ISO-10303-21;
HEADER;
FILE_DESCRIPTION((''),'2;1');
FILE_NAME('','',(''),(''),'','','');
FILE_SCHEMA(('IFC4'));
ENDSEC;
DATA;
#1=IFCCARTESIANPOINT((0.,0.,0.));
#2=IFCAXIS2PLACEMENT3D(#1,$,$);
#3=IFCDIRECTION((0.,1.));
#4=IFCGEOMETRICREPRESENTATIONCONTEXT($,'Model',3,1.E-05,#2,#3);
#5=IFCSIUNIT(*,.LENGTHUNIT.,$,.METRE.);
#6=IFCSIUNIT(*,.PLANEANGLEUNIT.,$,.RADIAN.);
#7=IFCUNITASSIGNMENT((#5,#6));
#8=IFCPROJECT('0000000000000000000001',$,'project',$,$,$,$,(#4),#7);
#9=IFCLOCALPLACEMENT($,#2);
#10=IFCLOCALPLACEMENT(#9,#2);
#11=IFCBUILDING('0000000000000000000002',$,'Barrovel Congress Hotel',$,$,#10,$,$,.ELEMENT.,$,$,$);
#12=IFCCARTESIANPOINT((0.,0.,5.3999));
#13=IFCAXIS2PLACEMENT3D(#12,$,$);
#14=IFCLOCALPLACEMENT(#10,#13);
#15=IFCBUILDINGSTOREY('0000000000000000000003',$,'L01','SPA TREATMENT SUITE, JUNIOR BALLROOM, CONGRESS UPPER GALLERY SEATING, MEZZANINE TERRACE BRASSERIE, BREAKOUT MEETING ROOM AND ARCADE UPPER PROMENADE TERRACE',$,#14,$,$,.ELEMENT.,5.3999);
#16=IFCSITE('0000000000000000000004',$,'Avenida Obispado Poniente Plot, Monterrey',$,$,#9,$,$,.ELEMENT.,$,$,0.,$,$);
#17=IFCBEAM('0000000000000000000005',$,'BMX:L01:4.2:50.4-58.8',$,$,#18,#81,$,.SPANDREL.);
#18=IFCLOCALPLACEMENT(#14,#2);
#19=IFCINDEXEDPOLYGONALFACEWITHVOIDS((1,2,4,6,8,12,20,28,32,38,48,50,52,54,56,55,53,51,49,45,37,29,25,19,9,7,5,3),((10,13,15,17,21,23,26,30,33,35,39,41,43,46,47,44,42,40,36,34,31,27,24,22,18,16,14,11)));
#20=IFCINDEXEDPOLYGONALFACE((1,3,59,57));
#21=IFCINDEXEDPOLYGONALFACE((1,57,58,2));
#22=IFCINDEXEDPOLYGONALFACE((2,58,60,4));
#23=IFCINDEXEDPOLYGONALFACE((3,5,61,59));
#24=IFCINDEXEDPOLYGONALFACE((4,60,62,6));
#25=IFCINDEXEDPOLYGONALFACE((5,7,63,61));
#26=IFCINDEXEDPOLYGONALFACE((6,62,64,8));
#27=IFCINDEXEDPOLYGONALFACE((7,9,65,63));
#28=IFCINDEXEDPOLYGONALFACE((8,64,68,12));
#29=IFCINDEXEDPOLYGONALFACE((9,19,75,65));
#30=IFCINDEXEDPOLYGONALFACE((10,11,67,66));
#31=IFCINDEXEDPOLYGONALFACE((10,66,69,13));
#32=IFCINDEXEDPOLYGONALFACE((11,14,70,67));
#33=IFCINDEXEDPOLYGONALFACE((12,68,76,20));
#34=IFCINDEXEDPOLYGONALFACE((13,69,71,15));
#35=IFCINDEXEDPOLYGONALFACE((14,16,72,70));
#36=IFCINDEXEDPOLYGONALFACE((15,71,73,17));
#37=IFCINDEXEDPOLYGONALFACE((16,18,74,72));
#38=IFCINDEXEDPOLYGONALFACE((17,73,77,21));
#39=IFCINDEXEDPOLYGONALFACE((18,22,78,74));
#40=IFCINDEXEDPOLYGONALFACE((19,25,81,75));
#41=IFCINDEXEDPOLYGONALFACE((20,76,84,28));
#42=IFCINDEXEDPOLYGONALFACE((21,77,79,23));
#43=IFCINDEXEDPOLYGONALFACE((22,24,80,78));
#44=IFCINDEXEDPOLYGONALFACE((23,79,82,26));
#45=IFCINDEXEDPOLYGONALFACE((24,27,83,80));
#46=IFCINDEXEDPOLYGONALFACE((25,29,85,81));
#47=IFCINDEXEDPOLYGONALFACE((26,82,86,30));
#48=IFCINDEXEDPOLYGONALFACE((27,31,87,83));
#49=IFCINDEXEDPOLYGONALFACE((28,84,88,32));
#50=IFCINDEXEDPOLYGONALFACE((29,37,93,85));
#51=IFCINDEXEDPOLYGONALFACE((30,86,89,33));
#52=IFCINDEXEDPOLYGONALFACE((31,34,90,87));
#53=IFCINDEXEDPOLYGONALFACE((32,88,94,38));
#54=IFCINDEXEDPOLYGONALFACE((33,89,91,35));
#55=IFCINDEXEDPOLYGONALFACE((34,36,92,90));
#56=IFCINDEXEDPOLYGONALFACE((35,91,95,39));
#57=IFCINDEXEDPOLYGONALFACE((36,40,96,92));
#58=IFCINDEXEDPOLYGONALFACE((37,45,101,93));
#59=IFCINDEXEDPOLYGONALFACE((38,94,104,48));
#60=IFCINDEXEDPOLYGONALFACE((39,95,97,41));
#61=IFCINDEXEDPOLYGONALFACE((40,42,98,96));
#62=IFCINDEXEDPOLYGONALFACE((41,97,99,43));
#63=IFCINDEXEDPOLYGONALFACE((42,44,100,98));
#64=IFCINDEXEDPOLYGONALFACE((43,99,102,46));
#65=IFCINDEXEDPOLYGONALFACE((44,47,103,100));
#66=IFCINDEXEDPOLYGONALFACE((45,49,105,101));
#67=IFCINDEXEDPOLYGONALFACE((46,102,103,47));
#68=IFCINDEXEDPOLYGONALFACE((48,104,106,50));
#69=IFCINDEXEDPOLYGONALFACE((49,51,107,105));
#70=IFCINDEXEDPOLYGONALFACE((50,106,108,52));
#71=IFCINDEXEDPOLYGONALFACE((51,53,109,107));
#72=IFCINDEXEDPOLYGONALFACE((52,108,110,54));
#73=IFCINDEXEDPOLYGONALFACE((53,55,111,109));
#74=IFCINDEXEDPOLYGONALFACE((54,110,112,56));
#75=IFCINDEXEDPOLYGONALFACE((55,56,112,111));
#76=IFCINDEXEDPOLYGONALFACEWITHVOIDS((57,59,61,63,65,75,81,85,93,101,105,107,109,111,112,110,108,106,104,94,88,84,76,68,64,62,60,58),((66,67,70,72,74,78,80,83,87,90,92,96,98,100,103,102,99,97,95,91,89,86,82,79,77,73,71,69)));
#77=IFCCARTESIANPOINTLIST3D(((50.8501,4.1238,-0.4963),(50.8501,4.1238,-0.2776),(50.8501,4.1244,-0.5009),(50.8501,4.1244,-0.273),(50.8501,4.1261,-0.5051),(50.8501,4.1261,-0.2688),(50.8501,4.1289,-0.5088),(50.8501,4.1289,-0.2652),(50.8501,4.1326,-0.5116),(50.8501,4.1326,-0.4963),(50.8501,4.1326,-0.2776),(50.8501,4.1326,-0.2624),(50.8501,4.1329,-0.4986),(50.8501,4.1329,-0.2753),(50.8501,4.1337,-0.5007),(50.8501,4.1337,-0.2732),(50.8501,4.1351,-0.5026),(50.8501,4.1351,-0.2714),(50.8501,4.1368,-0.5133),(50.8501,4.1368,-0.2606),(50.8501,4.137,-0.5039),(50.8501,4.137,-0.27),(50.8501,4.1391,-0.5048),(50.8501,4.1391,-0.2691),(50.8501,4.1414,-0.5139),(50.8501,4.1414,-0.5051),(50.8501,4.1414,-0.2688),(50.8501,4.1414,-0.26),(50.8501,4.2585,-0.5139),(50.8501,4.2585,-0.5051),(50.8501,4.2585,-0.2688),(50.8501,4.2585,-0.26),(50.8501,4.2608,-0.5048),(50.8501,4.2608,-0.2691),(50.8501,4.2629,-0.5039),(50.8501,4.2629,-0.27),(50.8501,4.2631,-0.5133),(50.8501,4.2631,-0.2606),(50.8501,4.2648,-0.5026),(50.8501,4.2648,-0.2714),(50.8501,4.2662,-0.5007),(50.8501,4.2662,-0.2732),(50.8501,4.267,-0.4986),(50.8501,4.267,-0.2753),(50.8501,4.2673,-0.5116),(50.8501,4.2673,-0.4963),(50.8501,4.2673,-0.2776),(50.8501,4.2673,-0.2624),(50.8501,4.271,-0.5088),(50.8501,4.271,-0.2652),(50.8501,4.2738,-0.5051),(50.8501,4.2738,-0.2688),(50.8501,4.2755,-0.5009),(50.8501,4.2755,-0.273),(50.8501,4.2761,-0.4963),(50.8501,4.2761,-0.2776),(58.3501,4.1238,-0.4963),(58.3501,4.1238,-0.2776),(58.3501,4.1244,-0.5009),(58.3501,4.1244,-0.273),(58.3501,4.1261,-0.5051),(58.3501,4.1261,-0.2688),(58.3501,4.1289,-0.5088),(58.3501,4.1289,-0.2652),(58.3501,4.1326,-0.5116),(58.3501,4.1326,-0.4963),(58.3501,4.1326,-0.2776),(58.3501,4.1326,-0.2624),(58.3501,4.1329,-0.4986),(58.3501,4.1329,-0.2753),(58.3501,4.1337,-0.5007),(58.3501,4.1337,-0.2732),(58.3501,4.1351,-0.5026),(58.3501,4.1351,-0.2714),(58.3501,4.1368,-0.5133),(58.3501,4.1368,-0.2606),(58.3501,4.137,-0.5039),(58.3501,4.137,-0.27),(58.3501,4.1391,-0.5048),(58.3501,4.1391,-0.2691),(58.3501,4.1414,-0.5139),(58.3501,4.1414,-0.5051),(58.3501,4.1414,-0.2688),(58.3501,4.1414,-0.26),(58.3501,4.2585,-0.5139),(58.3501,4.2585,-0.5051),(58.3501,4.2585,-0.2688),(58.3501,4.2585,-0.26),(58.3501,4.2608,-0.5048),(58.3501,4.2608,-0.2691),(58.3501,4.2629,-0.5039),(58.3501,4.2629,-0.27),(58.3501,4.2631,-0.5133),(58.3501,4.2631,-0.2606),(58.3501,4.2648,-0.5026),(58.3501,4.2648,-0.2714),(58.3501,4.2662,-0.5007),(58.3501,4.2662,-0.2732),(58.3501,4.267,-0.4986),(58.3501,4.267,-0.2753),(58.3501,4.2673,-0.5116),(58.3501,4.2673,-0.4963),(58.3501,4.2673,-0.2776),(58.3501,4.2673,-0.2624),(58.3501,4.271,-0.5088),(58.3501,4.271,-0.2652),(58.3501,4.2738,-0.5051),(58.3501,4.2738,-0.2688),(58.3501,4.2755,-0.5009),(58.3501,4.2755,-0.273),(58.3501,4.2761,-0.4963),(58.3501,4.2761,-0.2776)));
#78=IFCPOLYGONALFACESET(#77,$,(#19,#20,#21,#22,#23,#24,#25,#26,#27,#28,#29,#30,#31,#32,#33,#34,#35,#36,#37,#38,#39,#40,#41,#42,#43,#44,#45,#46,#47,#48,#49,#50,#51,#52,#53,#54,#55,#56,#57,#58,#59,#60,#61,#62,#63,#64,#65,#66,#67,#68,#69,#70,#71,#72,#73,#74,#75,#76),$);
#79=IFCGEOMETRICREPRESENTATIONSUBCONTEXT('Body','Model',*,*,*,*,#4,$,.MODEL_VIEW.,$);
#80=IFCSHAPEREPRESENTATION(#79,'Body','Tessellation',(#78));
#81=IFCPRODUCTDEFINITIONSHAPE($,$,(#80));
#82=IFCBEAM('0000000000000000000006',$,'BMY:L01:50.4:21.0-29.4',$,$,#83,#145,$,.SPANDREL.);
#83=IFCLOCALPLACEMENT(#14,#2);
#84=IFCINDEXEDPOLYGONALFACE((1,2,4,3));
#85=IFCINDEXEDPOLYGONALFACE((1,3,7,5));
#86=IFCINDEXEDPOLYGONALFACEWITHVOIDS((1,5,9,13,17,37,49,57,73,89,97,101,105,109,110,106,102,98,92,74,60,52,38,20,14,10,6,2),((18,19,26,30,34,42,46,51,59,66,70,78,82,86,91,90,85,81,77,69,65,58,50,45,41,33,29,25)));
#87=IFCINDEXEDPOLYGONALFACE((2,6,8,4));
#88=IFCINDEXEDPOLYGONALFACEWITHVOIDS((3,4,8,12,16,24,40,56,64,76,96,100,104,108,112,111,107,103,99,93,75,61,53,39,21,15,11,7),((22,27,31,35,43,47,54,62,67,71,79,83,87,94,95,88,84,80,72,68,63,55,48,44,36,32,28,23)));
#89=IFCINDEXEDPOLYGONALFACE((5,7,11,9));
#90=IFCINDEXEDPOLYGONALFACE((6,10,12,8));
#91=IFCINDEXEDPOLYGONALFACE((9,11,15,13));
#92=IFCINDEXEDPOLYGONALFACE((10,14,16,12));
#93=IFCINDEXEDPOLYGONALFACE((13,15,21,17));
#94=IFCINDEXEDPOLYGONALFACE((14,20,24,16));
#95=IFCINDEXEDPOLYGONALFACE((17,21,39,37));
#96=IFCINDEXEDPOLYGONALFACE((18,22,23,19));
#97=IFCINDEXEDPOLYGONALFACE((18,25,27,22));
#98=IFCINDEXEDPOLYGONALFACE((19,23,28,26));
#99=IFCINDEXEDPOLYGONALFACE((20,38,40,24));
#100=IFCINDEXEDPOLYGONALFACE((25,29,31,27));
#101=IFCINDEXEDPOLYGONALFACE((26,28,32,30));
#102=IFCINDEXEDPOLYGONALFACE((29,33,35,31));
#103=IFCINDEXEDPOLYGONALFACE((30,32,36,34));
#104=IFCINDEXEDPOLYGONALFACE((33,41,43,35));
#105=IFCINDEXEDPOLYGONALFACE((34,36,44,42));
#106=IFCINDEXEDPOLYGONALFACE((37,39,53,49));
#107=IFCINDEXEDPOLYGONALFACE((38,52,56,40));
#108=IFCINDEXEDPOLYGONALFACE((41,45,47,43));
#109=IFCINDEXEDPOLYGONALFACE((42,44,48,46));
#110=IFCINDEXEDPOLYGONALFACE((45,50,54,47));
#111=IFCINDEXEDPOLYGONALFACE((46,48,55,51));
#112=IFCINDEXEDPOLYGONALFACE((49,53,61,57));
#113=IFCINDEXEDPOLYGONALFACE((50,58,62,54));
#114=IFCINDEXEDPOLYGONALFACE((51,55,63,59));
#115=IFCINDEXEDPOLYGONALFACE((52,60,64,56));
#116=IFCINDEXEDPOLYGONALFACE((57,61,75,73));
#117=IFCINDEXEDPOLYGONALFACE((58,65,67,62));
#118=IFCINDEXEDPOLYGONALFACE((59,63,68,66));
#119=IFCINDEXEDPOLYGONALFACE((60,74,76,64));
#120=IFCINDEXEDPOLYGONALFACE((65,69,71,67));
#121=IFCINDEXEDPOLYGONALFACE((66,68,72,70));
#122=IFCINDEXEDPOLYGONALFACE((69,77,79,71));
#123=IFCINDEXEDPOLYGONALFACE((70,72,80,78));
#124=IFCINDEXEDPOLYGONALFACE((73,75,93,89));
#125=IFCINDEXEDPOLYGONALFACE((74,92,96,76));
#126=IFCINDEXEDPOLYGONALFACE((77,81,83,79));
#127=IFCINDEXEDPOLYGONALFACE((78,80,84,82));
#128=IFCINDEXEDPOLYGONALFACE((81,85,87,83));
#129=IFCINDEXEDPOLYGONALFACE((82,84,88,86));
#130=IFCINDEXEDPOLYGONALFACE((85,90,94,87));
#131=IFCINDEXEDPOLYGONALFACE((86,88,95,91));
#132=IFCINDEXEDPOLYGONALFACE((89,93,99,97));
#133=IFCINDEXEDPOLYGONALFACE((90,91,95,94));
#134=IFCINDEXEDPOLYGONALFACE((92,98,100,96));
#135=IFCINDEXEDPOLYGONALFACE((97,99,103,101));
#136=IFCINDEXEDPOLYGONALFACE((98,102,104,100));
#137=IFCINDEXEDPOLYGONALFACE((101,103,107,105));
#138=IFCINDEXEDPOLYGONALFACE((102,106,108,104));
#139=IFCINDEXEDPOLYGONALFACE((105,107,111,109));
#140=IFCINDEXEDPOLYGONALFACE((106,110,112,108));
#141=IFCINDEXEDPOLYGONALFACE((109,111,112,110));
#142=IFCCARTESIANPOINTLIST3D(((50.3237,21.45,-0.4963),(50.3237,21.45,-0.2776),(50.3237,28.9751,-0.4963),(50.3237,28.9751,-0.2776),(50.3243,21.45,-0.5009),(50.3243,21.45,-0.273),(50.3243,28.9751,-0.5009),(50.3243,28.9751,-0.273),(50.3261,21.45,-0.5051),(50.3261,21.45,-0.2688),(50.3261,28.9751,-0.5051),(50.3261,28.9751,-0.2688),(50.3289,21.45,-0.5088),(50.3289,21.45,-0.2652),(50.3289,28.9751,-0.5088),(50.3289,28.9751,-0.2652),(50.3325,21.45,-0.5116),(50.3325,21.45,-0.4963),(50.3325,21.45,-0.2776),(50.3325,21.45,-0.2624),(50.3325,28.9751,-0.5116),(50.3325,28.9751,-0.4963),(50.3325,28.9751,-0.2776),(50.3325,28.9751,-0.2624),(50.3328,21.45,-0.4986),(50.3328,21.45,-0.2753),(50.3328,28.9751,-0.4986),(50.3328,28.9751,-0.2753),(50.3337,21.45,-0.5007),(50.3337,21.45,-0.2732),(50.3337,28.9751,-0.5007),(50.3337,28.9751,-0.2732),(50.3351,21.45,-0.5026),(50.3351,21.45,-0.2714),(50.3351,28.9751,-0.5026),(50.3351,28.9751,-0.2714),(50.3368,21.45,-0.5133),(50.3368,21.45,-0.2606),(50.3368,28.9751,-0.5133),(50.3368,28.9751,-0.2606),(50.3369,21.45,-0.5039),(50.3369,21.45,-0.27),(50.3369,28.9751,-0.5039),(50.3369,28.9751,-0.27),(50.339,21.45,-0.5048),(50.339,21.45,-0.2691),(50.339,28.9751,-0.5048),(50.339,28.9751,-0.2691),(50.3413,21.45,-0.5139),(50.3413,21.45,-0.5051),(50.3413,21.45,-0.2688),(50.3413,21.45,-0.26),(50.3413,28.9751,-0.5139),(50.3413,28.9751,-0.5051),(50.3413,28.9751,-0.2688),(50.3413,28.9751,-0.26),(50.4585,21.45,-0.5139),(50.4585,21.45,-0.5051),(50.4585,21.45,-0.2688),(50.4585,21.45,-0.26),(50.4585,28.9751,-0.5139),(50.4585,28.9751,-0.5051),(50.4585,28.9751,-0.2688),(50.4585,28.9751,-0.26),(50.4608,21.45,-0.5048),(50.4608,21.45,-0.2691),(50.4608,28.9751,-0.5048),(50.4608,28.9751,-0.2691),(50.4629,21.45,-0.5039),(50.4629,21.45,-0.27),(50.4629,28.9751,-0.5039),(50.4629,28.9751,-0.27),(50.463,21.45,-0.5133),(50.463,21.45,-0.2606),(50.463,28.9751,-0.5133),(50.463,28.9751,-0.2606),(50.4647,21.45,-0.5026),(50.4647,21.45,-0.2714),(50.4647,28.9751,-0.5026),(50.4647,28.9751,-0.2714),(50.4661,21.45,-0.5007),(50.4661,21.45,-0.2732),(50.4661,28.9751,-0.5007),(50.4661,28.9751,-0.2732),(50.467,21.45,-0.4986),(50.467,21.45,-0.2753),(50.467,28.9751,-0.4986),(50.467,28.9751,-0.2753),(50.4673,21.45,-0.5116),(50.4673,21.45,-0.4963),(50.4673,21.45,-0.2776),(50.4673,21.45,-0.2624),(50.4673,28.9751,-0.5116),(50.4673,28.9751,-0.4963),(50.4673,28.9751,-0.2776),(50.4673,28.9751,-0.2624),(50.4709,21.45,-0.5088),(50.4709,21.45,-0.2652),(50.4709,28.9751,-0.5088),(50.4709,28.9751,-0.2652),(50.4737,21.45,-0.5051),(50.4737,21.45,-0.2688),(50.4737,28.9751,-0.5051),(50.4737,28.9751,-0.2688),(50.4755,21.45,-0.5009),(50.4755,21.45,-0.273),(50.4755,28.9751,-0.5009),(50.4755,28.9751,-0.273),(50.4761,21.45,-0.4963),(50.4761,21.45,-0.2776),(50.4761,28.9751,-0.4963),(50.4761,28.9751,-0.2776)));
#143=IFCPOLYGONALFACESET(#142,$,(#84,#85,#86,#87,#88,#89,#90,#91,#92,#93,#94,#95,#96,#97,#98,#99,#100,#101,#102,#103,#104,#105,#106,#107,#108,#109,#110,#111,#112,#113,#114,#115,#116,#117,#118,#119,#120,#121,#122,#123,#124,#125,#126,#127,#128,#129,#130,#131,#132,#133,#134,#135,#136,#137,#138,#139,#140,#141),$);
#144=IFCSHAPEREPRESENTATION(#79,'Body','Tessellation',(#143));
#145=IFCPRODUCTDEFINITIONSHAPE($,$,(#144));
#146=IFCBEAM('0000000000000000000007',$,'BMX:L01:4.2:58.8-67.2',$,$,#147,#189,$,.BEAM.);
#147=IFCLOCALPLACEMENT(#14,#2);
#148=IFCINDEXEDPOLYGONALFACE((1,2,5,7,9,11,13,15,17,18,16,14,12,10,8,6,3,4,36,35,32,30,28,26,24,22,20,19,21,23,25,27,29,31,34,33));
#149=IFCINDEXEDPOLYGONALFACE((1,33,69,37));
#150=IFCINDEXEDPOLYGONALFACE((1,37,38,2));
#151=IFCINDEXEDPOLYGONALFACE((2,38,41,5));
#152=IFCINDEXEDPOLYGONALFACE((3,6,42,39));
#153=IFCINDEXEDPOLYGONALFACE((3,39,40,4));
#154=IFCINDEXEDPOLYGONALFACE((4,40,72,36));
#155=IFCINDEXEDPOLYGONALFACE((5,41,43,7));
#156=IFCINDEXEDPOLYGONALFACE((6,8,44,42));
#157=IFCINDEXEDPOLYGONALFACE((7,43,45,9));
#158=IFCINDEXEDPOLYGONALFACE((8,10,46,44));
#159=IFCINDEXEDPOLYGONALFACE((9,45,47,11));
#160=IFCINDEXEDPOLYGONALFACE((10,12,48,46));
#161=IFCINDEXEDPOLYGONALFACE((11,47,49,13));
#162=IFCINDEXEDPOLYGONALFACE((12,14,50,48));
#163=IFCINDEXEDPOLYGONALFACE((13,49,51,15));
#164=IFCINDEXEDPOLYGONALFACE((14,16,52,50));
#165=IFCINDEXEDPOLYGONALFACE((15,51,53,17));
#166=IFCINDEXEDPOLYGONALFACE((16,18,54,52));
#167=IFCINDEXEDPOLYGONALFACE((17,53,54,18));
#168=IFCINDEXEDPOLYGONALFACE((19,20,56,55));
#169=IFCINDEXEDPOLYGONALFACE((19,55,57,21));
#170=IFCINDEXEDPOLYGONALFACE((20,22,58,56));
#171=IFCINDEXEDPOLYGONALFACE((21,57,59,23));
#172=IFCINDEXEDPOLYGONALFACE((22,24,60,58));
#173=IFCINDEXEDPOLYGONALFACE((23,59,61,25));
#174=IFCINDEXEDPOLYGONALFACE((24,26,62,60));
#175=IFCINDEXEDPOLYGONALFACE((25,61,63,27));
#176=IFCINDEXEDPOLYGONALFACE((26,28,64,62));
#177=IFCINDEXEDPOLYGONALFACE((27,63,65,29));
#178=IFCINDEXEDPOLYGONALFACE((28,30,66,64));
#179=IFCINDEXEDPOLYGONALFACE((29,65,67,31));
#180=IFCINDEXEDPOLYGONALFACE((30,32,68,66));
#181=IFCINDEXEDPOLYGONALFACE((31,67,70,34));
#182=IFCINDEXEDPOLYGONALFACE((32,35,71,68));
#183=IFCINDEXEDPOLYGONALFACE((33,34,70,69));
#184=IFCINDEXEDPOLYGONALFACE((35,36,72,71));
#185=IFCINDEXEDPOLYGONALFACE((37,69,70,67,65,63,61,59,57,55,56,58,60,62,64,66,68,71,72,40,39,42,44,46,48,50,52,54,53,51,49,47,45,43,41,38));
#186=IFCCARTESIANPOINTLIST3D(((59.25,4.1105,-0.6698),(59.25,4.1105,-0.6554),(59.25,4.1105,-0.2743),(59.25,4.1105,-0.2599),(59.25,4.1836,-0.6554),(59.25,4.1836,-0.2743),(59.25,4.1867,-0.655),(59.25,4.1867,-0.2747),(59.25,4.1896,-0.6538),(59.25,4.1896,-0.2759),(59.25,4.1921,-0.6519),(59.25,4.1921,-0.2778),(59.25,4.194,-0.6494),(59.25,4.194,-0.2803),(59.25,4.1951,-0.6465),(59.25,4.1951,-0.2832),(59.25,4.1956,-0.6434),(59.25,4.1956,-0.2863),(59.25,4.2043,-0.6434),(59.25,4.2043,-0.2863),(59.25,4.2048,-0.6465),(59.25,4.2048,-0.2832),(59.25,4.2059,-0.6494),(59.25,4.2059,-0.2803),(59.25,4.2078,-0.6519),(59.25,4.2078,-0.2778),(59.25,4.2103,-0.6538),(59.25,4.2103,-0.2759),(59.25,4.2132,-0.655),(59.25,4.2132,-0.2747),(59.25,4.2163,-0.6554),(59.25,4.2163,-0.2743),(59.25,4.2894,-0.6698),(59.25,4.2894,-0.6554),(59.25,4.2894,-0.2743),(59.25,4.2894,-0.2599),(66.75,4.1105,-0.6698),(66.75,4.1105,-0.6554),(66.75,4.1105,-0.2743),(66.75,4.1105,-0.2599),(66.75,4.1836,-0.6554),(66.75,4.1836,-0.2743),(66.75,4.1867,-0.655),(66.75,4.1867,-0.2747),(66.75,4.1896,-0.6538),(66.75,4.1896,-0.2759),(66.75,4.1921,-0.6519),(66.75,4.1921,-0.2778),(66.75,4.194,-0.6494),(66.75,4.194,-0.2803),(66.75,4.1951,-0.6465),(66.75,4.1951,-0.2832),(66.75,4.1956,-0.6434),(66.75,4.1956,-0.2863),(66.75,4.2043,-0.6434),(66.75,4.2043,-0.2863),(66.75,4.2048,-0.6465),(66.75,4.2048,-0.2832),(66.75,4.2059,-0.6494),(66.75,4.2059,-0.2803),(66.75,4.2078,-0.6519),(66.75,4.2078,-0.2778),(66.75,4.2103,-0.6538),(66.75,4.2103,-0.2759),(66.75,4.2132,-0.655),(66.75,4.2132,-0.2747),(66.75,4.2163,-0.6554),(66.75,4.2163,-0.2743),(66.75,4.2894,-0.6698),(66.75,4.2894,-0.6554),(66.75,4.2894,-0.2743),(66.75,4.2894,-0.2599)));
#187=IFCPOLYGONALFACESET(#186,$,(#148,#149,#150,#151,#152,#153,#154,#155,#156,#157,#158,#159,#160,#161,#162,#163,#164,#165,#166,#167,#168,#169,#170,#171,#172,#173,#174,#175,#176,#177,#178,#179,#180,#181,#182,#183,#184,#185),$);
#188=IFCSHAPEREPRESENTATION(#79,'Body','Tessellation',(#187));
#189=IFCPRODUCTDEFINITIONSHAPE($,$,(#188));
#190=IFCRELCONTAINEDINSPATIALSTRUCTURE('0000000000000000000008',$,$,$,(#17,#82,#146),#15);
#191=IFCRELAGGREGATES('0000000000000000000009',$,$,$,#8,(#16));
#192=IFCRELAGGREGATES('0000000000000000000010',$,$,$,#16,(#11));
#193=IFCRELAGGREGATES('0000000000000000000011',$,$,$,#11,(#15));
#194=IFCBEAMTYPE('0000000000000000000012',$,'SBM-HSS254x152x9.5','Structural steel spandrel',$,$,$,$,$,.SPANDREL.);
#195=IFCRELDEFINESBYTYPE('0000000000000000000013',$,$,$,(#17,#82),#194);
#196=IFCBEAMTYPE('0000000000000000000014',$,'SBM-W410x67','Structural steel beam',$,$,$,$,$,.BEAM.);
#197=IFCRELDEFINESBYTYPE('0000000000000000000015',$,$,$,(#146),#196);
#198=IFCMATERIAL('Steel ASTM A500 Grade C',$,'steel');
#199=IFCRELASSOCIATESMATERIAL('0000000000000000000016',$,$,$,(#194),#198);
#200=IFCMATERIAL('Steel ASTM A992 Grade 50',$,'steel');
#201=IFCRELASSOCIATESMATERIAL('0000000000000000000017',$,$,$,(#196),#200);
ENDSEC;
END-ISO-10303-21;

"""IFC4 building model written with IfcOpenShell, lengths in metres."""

from ifc_helpers import new_model, si_unit, direction, frame, origin, origin_2d, place, context, subcontext, project, spatial, hollow_rectangle, i_section, extrude, material, material_profile, profile_set, type_object, element, save


model = new_model("IFC4")

# Units and contexts
model_context = context("Model", 3, precision=1e-05, world=origin(), true_north=direction((0.0, 1.0)))
body_context = subcontext(model_context, "Body", "Model", "MODEL_VIEW")
ifc_project = project(units=[si_unit("LENGTHUNIT", "METRE"), si_unit("PLANEANGLEUNIT", "RADIAN")], contexts=[model_context])

# Site, building, storey
site_placement = place(None, origin())
site = spatial("IfcSite", under=ifc_project, at=site_placement, Name="Avenida Obispado Poniente Plot, Monterrey", CompositionType="ELEMENT", RefElevation=0.0)
building_placement = place(site_placement, origin())
building = spatial("IfcBuilding", under=site, at=building_placement, Name="Barrovel Congress Hotel", CompositionType="ELEMENT")
storey_placement = place(building_placement, frame((0.0, 0.0, 5.3999)))
storey = spatial("IfcBuildingStorey", under=building, at=storey_placement, Name="L01", Description="SPA TREATMENT SUITE, JUNIOR BALLROOM, CONGRESS UPPER GALLERY SEATING, MEZZANINE TERRACE BRASSERIE, BREAKOUT MEETING ROOM AND ARCADE UPPER PROMENADE TERRACE", CompositionType="ELEMENT", Elevation=5.3999)

# Beams
ifc_material_1 = material(Name="Steel ASTM A500 Grade C", Category="steel")
ifc_material_profile_1 = material_profile(ifc_material_1, hollow_rectangle(XDim=0.1523, YDim=0.2539, WallThickness=0.0088, InnerFilletRadius=0.0088, OuterFilletRadius=0.0176, at=origin_2d()), Name="HSS254x152x9.5")
ifc_profile_set_1 = profile_set([ifc_material_profile_1], Name="Steel ASTM A500 Grade C")
beam_type_1 = type_object("IfcBeamType", Name="SBM-HSS254x152x9.5", Description="Structural steel spandrel", PredefinedType="SPANDREL", material=ifc_profile_set_1)
beam_1_placement = place(storey_placement, frame((50.8501, 4.2, -0.387), z_axis=(1.0, 0.0, 0.0), x_axis=(0.0, 1.0, 0.0)))
element("IfcBeam", 1, at=beam_1_placement, inside=storey, type_object=beam_type_1, Name="BMX:L01:4.2:50.4-58.8", PredefinedType="SPANDREL", context=body_context, shape_type="SweptSolid", body=[
    extrude(hollow_rectangle(XDim=0.1523, YDim=0.2539, WallThickness=0.0088, InnerFilletRadius=0.0088, OuterFilletRadius=0.0176, at=origin_2d()), origin(), (0.0, 0.0, 1.0), 7.5),
])
beam_2_placement = place(storey_placement, frame((50.3999, 21.45, -0.387), z_axis=(0.0, 1.0, 0.0), x_axis=(-1.0, 0.0, 0.0)))
element("IfcBeam", 2, at=beam_2_placement, inside=storey, type_object=beam_type_1, Name="BMY:L01:50.4:21.0-29.4", PredefinedType="SPANDREL", context=body_context, shape_type="SweptSolid", body=[
    extrude(hollow_rectangle(XDim=0.1523, YDim=0.2539, WallThickness=0.0088, InnerFilletRadius=0.0088, OuterFilletRadius=0.0176, at=origin_2d()), origin(), (0.0, 0.0, 1.0), 7.5251),
])
ifc_material_2 = material(Name="Steel ASTM A992 Grade 50", Category="steel")
ifc_material_profile_2 = material_profile(ifc_material_2, i_section(OverallWidth=0.179, OverallDepth=0.4099, WebThickness=0.0088, FlangeThickness=0.0144, FilletRadius=0.012, at=origin_2d()), Name="W410x67")
ifc_profile_set_2 = profile_set([ifc_material_profile_2], Name="Steel ASTM A992 Grade 50")
beam_type_2 = type_object("IfcBeamType", Name="SBM-W410x67", Description="Structural steel beam", PredefinedType="BEAM", material=ifc_profile_set_2)
beam_3_placement = place(storey_placement, frame((59.25, 4.2, -0.4648), z_axis=(1.0, 0.0, 0.0), x_axis=(0.0, 1.0, 0.0)))
element("IfcBeam", 3, at=beam_3_placement, inside=storey, type_object=beam_type_2, Name="BMX:L01:4.2:58.8-67.2", PredefinedType="BEAM", context=body_context, shape_type="SweptSolid", body=[
    extrude(i_section(OverallWidth=0.179, OverallDepth=0.4099, WebThickness=0.0088, FlangeThickness=0.0144, FilletRadius=0.012, at=origin_2d()), origin(), (0.0, 0.0, 1.0), 7.5),
])

save(model, "model.ifc")
